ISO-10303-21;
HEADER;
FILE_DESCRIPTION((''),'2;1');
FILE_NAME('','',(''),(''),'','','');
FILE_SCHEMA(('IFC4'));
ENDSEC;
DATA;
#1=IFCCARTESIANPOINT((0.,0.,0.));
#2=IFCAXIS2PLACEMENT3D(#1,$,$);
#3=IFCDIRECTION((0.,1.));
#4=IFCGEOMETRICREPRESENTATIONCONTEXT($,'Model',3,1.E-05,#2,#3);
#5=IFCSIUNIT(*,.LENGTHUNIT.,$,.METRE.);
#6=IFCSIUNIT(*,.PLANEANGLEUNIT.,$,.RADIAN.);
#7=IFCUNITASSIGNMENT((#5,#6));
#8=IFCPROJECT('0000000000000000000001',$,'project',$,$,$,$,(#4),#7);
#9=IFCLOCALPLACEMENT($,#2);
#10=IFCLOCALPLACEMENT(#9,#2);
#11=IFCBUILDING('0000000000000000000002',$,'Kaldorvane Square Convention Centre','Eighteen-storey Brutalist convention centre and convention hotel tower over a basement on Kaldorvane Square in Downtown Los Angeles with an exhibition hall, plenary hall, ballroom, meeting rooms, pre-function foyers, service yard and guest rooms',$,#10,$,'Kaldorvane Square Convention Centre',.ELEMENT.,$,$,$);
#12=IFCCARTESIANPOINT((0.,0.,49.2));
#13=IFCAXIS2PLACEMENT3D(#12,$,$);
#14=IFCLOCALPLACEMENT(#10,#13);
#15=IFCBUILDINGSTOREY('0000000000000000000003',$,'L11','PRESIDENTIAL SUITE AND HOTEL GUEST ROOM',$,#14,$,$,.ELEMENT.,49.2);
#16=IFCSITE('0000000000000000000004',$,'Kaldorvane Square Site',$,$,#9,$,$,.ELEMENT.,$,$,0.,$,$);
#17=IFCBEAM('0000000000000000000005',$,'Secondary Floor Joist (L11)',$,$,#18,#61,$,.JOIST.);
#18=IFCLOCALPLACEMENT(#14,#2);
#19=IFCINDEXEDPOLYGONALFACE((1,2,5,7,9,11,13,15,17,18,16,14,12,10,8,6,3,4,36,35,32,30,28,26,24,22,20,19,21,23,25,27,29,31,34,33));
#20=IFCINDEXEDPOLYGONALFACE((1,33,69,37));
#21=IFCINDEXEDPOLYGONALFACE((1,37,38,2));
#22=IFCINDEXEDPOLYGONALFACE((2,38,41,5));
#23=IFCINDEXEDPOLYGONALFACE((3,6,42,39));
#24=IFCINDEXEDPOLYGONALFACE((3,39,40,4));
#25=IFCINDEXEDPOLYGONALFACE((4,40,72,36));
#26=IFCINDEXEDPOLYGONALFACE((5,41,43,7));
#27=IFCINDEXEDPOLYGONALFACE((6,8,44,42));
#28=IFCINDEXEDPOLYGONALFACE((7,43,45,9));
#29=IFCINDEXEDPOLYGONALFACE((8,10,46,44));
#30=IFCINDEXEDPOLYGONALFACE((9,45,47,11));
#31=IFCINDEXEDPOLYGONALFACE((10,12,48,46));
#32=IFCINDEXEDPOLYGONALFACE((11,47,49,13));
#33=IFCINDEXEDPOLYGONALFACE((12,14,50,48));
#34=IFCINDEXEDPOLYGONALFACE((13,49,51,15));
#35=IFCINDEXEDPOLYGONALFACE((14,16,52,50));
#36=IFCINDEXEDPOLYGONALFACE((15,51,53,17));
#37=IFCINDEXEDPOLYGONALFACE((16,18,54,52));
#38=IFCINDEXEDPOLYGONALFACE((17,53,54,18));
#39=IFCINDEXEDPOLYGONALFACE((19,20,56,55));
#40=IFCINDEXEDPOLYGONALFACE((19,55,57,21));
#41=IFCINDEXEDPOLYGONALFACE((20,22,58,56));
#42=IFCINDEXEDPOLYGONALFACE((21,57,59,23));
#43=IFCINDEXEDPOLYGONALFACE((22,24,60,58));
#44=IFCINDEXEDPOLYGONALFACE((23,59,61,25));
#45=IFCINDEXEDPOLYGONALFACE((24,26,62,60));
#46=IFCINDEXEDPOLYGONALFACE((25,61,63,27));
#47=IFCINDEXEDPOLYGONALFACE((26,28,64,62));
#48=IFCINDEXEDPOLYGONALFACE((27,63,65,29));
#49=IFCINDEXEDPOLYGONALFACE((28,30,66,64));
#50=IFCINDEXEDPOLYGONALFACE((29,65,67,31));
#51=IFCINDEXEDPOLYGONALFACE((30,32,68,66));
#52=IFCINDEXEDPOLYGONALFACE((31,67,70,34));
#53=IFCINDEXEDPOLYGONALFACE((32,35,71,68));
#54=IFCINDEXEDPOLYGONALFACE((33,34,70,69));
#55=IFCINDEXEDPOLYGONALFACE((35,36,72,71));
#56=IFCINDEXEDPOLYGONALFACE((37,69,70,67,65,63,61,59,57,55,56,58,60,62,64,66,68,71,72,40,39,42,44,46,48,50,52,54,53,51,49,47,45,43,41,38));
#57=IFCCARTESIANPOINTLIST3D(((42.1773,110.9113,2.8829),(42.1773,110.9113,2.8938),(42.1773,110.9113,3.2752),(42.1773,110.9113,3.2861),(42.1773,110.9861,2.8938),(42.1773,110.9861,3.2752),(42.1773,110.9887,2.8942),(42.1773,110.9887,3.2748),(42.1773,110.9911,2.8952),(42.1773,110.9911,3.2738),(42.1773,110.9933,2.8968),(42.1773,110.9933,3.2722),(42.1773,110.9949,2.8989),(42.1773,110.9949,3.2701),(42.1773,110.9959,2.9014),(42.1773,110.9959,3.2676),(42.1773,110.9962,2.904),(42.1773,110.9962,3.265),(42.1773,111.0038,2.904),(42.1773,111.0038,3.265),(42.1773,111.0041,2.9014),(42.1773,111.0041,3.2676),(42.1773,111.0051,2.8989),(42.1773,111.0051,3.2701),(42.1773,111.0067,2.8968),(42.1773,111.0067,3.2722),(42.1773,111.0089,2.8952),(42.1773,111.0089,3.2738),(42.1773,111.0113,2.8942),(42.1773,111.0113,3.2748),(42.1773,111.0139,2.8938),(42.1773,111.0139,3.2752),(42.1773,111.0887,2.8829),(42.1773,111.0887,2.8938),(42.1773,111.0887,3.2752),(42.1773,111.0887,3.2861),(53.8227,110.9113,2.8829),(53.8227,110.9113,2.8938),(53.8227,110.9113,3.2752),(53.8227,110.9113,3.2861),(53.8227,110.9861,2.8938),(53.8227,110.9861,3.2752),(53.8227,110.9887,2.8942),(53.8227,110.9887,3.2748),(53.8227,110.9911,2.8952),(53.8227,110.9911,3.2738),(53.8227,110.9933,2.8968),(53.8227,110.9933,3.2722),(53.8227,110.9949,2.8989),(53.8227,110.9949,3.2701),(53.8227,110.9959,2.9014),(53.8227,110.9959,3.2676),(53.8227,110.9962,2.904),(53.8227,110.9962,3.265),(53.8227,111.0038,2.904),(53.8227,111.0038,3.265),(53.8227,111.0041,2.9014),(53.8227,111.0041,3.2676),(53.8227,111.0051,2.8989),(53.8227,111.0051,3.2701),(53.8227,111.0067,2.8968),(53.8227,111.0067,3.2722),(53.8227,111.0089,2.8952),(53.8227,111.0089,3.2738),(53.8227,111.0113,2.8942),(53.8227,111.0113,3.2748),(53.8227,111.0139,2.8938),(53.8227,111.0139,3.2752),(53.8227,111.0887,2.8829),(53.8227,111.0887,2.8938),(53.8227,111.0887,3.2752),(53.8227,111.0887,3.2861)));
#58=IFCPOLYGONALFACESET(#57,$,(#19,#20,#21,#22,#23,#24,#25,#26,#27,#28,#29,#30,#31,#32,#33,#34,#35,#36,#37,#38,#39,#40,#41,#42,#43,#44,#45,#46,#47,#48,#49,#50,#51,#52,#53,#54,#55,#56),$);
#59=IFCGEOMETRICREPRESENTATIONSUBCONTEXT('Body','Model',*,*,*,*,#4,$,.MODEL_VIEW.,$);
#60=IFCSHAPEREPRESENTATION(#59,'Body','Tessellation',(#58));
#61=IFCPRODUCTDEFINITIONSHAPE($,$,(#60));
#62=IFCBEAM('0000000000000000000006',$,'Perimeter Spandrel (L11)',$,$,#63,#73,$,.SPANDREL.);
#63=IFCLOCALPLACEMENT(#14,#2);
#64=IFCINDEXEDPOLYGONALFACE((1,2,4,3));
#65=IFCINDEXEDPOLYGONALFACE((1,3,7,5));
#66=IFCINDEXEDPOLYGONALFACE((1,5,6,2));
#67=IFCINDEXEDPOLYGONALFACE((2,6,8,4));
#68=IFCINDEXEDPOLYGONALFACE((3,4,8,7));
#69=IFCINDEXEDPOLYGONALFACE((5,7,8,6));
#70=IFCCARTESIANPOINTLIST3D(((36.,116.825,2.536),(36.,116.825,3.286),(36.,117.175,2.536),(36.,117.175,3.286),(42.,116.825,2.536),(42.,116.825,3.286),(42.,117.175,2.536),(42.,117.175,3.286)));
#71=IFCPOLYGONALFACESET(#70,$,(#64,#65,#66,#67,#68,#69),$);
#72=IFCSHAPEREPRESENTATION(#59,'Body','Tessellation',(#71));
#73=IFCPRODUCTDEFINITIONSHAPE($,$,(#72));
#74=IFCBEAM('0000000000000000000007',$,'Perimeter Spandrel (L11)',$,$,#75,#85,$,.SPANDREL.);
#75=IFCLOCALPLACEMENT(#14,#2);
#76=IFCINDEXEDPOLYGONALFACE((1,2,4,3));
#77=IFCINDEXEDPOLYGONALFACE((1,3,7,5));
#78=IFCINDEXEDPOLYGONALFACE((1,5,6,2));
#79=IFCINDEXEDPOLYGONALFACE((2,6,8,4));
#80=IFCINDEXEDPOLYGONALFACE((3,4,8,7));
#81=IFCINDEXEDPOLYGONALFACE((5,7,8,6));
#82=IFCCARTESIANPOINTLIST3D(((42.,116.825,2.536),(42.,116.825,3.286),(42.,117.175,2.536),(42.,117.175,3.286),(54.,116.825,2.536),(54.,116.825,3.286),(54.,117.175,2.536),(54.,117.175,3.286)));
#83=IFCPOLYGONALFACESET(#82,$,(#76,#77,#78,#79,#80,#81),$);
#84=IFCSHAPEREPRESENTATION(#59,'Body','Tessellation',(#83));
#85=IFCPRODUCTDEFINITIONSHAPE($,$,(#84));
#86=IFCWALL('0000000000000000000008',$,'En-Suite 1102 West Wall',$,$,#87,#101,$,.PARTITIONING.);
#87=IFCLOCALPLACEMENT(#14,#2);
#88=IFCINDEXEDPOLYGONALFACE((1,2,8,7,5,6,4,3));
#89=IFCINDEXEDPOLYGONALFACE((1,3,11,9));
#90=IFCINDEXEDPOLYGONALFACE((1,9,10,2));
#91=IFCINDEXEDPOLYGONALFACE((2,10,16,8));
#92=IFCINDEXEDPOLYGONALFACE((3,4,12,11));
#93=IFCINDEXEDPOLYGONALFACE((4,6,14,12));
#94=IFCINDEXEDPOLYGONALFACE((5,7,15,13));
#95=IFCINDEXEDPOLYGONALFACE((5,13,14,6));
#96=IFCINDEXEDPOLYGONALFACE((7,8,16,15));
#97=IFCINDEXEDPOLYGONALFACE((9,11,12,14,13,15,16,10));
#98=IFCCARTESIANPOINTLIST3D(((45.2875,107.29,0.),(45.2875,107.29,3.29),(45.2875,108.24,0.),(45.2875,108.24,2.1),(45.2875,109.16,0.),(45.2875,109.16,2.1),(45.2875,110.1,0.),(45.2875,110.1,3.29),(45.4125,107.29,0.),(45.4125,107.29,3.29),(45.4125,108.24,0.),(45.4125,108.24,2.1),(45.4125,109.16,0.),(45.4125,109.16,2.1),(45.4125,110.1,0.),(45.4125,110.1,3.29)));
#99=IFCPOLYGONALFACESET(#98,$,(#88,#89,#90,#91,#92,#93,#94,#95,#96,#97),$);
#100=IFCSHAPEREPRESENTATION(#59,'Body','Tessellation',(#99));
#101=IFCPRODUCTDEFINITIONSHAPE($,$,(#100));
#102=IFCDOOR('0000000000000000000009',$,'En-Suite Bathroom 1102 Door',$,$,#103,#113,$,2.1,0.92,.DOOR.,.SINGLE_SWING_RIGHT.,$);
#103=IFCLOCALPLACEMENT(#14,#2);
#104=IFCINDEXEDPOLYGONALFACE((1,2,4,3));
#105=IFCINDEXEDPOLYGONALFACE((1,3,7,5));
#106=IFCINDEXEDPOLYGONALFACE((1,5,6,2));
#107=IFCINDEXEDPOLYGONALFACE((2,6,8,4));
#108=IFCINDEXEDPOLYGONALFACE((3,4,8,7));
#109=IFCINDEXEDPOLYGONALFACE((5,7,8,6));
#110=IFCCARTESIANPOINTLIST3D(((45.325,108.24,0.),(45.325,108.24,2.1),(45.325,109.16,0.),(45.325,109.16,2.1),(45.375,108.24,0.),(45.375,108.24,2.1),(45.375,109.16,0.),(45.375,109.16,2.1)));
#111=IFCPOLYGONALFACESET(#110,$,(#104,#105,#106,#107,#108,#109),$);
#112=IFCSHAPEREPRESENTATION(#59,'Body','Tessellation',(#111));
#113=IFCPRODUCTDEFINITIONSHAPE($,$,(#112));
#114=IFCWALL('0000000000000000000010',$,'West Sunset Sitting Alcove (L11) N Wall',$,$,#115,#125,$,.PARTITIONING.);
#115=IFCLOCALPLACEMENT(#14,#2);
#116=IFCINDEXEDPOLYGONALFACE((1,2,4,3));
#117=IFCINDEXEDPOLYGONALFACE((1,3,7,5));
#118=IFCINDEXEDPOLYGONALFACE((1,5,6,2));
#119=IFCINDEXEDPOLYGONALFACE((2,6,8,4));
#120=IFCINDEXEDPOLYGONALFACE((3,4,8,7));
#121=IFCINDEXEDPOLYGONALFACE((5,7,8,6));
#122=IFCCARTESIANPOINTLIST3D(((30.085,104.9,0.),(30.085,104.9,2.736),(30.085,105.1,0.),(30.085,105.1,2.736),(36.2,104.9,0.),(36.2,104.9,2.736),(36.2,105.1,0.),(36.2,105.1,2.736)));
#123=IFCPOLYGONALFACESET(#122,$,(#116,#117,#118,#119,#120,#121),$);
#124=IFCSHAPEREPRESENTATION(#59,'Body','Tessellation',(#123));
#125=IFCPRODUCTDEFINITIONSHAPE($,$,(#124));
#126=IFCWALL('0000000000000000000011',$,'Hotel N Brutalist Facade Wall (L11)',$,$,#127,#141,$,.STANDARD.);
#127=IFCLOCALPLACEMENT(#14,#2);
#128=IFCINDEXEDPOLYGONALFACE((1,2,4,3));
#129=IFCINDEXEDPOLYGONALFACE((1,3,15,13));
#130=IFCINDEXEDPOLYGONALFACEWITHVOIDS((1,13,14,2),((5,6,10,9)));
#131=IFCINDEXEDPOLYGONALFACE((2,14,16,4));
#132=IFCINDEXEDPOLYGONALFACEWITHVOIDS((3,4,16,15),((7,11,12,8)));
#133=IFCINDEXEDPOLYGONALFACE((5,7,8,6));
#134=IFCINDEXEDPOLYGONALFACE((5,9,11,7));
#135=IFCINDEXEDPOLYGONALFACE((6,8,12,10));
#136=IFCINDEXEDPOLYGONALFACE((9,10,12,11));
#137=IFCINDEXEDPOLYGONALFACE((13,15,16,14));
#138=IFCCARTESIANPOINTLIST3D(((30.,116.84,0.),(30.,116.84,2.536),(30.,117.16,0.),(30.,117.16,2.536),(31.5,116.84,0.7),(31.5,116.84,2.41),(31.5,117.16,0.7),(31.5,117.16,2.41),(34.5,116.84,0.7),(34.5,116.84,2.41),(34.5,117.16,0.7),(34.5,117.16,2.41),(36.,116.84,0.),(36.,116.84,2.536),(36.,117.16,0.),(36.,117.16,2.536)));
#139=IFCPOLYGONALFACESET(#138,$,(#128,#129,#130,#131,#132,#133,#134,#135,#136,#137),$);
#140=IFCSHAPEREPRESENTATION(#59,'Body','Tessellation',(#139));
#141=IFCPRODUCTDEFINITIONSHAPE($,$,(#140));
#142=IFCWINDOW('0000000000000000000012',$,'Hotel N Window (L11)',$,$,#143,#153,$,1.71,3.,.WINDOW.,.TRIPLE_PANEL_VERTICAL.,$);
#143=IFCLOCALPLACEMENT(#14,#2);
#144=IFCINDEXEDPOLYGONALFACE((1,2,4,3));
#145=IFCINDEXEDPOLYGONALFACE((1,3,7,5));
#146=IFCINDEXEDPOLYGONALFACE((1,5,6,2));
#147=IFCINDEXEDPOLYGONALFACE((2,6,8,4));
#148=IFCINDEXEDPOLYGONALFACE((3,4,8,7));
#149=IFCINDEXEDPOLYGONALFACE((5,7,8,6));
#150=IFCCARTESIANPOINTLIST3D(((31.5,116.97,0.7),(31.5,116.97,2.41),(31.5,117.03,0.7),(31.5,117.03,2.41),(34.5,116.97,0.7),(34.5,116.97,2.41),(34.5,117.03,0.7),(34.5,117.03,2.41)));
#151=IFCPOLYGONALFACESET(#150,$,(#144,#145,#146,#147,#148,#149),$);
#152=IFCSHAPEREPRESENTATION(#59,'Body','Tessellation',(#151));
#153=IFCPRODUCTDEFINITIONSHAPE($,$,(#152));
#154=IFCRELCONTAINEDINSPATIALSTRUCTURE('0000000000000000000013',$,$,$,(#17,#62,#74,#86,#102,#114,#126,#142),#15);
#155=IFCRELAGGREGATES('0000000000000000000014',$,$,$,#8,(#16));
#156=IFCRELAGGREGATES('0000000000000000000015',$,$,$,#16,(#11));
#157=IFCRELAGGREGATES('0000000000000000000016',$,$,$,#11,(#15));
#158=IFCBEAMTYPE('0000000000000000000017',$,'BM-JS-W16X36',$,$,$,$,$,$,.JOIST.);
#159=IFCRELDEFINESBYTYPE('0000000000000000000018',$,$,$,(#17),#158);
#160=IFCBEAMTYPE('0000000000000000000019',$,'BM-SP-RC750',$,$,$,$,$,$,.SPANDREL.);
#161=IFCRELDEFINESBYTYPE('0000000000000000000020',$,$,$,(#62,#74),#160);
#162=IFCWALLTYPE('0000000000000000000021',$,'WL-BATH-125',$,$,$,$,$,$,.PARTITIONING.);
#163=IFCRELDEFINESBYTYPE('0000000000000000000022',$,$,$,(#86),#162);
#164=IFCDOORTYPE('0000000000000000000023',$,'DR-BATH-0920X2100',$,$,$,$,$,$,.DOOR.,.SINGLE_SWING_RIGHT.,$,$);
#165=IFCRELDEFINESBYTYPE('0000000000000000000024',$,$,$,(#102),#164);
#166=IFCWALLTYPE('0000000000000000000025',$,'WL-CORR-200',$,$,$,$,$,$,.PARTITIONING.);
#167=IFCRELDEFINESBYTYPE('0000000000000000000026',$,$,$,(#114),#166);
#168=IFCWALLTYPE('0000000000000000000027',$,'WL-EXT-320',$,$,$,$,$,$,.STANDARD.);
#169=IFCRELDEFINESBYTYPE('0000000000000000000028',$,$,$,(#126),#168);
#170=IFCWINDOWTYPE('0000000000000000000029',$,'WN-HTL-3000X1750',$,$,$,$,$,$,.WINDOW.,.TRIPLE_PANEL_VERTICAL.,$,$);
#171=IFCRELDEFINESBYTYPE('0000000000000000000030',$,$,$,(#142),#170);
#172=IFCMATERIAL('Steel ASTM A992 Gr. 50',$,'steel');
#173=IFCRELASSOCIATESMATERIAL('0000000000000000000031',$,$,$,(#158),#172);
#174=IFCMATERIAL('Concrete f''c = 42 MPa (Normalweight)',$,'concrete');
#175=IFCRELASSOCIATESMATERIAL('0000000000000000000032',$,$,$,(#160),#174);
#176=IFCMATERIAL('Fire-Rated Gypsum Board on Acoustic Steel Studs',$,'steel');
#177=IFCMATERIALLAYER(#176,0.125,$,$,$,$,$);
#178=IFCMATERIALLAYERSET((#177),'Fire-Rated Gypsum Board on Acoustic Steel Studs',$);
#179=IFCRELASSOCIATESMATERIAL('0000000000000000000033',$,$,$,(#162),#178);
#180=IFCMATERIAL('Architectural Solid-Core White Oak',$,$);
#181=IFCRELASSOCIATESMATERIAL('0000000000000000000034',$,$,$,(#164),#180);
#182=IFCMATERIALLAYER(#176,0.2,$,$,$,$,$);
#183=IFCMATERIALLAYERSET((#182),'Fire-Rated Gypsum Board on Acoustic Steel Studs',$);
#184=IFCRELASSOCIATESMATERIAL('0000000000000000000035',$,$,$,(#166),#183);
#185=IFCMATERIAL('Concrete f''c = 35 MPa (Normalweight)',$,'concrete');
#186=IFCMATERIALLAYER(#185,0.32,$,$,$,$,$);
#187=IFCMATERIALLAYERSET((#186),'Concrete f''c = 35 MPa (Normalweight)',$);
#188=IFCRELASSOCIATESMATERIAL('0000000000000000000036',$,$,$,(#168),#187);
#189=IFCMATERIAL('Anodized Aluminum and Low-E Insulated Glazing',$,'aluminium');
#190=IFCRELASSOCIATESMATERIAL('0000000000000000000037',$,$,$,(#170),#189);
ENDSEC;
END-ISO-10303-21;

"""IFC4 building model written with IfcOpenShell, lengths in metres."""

from ifc_helpers import new_model, si_unit, direction, frame, frame_2d, origin, origin_2d, place, context, subcontext, project, spatial, rectangle, i_section, extrude, material, layer, layer_set, material_profile, profile_set, type_object, element, fill, save


model = new_model("IFC4")

# Units and contexts
model_context = context("Model", 3, precision=1e-05, world=origin(), true_north=direction((0.0, 1.0)))
body_context = subcontext(model_context, "Body", "Model", "MODEL_VIEW")
ifc_project = project(units=[si_unit("LENGTHUNIT", "METRE"), si_unit("PLANEANGLEUNIT", "RADIAN")], contexts=[model_context])

# Site, building, storey
site_placement = place(None, origin())
site = spatial("IfcSite", under=ifc_project, at=site_placement, Name="Kaldorvane Square Site", CompositionType="ELEMENT", RefElevation=0.0)
building_placement = place(site_placement, origin())
building = spatial("IfcBuilding", under=site, at=building_placement, Name="Kaldorvane Square Convention Centre", Description="Eighteen-storey Brutalist convention centre and convention hotel tower over a basement on Kaldorvane Square in Downtown Los Angeles with an exhibition hall, plenary hall, ballroom, meeting rooms, pre-function foyers, service yard and guest rooms", LongName="Kaldorvane Square Convention Centre", CompositionType="ELEMENT")
storey_placement = place(building_placement, frame((0.0, 0.0, 49.2)))
storey = spatial("IfcBuildingStorey", under=building, at=storey_placement, Name="L11", Description="PRESIDENTIAL SUITE AND HOTEL GUEST ROOM", CompositionType="ELEMENT", Elevation=49.2)

# Shared definitions
ifc_material_1 = material(Name="Concrete f'c = 42 MPa (Normalweight)", Category="concrete")
ifc_material_2 = material(Name="Steel ASTM A992 Gr. 50", Category="steel")

# Beams
ifc_material_profile_1 = material_profile(ifc_material_2, i_section(OverallWidth=0.1774, OverallDepth=0.4031, WebThickness=0.0075, FlangeThickness=0.0109, FilletRadius=0.0102, at=origin_2d()), Name="W16X36")
ifc_profile_set_1 = profile_set([ifc_material_profile_1], Name="Steel ASTM A992 Gr. 50")
beam_type_1 = type_object("IfcBeamType", Name="BM-JS-W16X36", PredefinedType="JOIST", material=ifc_profile_set_1)
beam_1_placement = place(storey_placement, frame((42.1773, 111.0, 3.0845), z_axis=(1.0, 0.0, 0.0), x_axis=(0.0, 1.0, 0.0)))
element("IfcBeam", 1, at=beam_1_placement, inside=storey, type_object=beam_type_1, Name="Secondary Floor Joist (L11)", PredefinedType="JOIST", context=body_context, shape_type="SweptSolid", body=[
    extrude(i_section(OverallWidth=0.1774, OverallDepth=0.4031, WebThickness=0.0075, FlangeThickness=0.0109, FilletRadius=0.0102, at=origin_2d()), origin(), (0.0, 0.0, 1.0), 11.6454),
])
ifc_material_profile_2 = material_profile(ifc_material_1, rectangle(XDim=0.35, YDim=0.75, at=origin_2d()), Name="RCSP750X350")
ifc_profile_set_2 = profile_set([ifc_material_profile_2], Name="Concrete f'c = 42 MPa (Normalweight)")
beam_type_2 = type_object("IfcBeamType", Name="BM-SP-RC750", PredefinedType="SPANDREL", material=ifc_profile_set_2)
beam_2_placement = place(storey_placement, frame((36.0, 117.0, 2.911), z_axis=(1.0, 0.0, 0.0), x_axis=(0.0, 1.0, 0.0)))
element("IfcBeam", 2, at=beam_2_placement, inside=storey, type_object=beam_type_2, Name="Perimeter Spandrel (L11)", PredefinedType="SPANDREL", context=body_context, shape_type="SweptSolid", body=[
    extrude(rectangle(XDim=0.35, YDim=0.75, at=origin_2d()), origin(), (0.0, 0.0, 1.0), 6.0),
])
beam_3_placement = place(storey_placement, frame((42.0, 117.0, 2.911), z_axis=(1.0, 0.0, 0.0), x_axis=(0.0, 1.0, 0.0)))
element("IfcBeam", 3, at=beam_3_placement, inside=storey, type_object=beam_type_2, Name="Perimeter Spandrel (L11)", PredefinedType="SPANDREL", context=body_context, shape_type="SweptSolid", body=[
    extrude(rectangle(XDim=0.35, YDim=0.75, at=origin_2d()), origin(), (0.0, 0.0, 1.0), 12.0),
])

# Wall, opening, door
ifc_material_3 = material(Name="Fire-Rated Gypsum Board on Acoustic Steel Studs", Category="steel")
ifc_layer_1 = layer(ifc_material_3, 0.125)
ifc_layer_set_1 = layer_set([ifc_layer_1], Name="Fire-Rated Gypsum Board on Acoustic Steel Studs")
wall_type_1 = type_object("IfcWallType", Name="WL-BATH-125", PredefinedType="PARTITIONING", material=ifc_layer_set_1)
wall_1_placement = place(storey_placement, frame((45.35, 107.29, 0.0), z_axis=(0.0, 0.0, 1.0), x_axis=(0.0, 1.0, 0.0)))
wall_1 = element("IfcWall", 4, at=wall_1_placement, inside=storey, type_object=wall_type_1, Name="En-Suite 1102 West Wall", PredefinedType="PARTITIONING", context=body_context, shape_type="SweptSolid", body=[
    extrude(rectangle(XDim=2.81, YDim=0.125, at=frame_2d((1.405, 0.0))), origin(), (0.0, 0.0, 1.0), 3.29),
])
opening_1_placement = place(wall_1_placement, frame((0.95, 0.0, 0.0)))
opening_1 = element("IfcOpeningElement", 5, at=opening_1_placement, cuts=wall_1, PredefinedType="OPENING", context=body_context, shape_type="SweptSolid", body=[
    extrude(rectangle(XDim=0.92, YDim=2.1, at=frame_2d((0.46, 1.05))), frame((0.0, 0.0775, 0.0), z_axis=(0.0, -1.0, 0.0), x_axis=(1.0, 0.0, 0.0)), (0.0, 0.0, 1.0), 0.155),
])
ifc_material_4 = material(Name="Architectural Solid-Core White Oak")
door_type = type_object("IfcDoorType", Name="DR-BATH-0920X2100", OperationType="SINGLE_SWING_RIGHT", PredefinedType="DOOR", material=ifc_material_4)
door_placement = place(opening_1_placement, origin())
door = element("IfcDoor", 6, at=door_placement, inside=storey, type_object=door_type, Name="En-Suite Bathroom 1102 Door", OperationType="SINGLE_SWING_RIGHT", OverallHeight=2.1, OverallWidth=0.92, PredefinedType="DOOR", context=body_context, shape_type="SweptSolid", body=[
    extrude(rectangle(XDim=0.92, YDim=2.1, at=frame_2d((0.46, 1.05))), frame((0.0, 0.025, 0.0), z_axis=(0.0, -1.0, 0.0), x_axis=(1.0, 0.0, 0.0)), (0.0, 0.0, 1.0), 0.05),
])
fill(opening_1, door)

# Wall
ifc_layer_2 = layer(ifc_material_3, 0.2)
ifc_layer_set_2 = layer_set([ifc_layer_2], Name="Fire-Rated Gypsum Board on Acoustic Steel Studs")
wall_type_2 = type_object("IfcWallType", Name="WL-CORR-200", PredefinedType="PARTITIONING", material=ifc_layer_set_2)
wall_2_placement = place(storey_placement, frame((36.2, 105.0, 0.0), z_axis=(0.0, 0.0, 1.0), x_axis=(-1.0, 0.0, 0.0)))
element("IfcWall", 7, at=wall_2_placement, inside=storey, type_object=wall_type_2, Name="West Sunset Sitting Alcove (L11) N Wall", PredefinedType="PARTITIONING", context=body_context, shape_type="SweptSolid", body=[
    extrude(rectangle(XDim=6.115, YDim=0.2, at=frame_2d((3.0575, 0.0))), origin(), (0.0, 0.0, 1.0), 2.736),
])

# Wall, opening, window
ifc_material_5 = material(Name="Concrete f'c = 35 MPa (Normalweight)", Category="concrete")
ifc_layer_3 = layer(ifc_material_5, 0.32)
ifc_layer_set_3 = layer_set([ifc_layer_3], Name="Concrete f'c = 35 MPa (Normalweight)")
wall_type_3 = type_object("IfcWallType", Name="WL-EXT-320", PredefinedType="STANDARD", material=ifc_layer_set_3)
wall_3_placement = place(storey_placement, frame((36.0, 117.0, 0.0), z_axis=(0.0, 0.0, 1.0), x_axis=(-1.0, 0.0, 0.0)))
wall_3 = element("IfcWall", 8, at=wall_3_placement, inside=storey, type_object=wall_type_3, Name="Hotel N Brutalist Facade Wall (L11)", PredefinedType="STANDARD", context=body_context, shape_type="SweptSolid", body=[
    extrude(rectangle(XDim=6.0, YDim=0.32, at=frame_2d((3.0, 0.0))), origin(), (0.0, 0.0, 1.0), 2.536),
])
opening_2_placement = place(wall_3_placement, frame((1.5, 0.0, 0.7)))
opening_2 = element("IfcOpeningElement", 9, at=opening_2_placement, cuts=wall_3, PredefinedType="OPENING", context=body_context, shape_type="SweptSolid", body=[
    extrude(rectangle(XDim=3.0, YDim=1.71, at=frame_2d((1.5, 0.855))), frame((0.0, 0.175, 0.0), z_axis=(0.0, -1.0, 0.0), x_axis=(1.0, 0.0, 0.0)), (0.0, 0.0, 1.0), 0.35),
])
ifc_material_6 = material(Name="Anodized Aluminum and Low-E Insulated Glazing", Category="aluminium")
window_type = type_object("IfcWindowType", Name="WN-HTL-3000X1750", PartitioningType="TRIPLE_PANEL_VERTICAL", PredefinedType="WINDOW", material=ifc_material_6)
window_1_placement = place(opening_2_placement, origin())
window_1 = element("IfcWindow", 10, at=window_1_placement, inside=storey, type_object=window_type, Name="Hotel N Window (L11)", OverallHeight=1.71, OverallWidth=3.0, PartitioningType="TRIPLE_PANEL_VERTICAL", PredefinedType="WINDOW", context=body_context, shape_type="SweptSolid", body=[
    extrude(rectangle(XDim=3.0, YDim=1.71, at=frame_2d((1.5, 0.855))), frame((0.0, 0.03, 0.0), z_axis=(0.0, -1.0, 0.0), x_axis=(1.0, 0.0, 0.0)), (0.0, 0.0, 1.0), 0.06),
])
fill(opening_2, window_1)

save(model, "model.ifc")
